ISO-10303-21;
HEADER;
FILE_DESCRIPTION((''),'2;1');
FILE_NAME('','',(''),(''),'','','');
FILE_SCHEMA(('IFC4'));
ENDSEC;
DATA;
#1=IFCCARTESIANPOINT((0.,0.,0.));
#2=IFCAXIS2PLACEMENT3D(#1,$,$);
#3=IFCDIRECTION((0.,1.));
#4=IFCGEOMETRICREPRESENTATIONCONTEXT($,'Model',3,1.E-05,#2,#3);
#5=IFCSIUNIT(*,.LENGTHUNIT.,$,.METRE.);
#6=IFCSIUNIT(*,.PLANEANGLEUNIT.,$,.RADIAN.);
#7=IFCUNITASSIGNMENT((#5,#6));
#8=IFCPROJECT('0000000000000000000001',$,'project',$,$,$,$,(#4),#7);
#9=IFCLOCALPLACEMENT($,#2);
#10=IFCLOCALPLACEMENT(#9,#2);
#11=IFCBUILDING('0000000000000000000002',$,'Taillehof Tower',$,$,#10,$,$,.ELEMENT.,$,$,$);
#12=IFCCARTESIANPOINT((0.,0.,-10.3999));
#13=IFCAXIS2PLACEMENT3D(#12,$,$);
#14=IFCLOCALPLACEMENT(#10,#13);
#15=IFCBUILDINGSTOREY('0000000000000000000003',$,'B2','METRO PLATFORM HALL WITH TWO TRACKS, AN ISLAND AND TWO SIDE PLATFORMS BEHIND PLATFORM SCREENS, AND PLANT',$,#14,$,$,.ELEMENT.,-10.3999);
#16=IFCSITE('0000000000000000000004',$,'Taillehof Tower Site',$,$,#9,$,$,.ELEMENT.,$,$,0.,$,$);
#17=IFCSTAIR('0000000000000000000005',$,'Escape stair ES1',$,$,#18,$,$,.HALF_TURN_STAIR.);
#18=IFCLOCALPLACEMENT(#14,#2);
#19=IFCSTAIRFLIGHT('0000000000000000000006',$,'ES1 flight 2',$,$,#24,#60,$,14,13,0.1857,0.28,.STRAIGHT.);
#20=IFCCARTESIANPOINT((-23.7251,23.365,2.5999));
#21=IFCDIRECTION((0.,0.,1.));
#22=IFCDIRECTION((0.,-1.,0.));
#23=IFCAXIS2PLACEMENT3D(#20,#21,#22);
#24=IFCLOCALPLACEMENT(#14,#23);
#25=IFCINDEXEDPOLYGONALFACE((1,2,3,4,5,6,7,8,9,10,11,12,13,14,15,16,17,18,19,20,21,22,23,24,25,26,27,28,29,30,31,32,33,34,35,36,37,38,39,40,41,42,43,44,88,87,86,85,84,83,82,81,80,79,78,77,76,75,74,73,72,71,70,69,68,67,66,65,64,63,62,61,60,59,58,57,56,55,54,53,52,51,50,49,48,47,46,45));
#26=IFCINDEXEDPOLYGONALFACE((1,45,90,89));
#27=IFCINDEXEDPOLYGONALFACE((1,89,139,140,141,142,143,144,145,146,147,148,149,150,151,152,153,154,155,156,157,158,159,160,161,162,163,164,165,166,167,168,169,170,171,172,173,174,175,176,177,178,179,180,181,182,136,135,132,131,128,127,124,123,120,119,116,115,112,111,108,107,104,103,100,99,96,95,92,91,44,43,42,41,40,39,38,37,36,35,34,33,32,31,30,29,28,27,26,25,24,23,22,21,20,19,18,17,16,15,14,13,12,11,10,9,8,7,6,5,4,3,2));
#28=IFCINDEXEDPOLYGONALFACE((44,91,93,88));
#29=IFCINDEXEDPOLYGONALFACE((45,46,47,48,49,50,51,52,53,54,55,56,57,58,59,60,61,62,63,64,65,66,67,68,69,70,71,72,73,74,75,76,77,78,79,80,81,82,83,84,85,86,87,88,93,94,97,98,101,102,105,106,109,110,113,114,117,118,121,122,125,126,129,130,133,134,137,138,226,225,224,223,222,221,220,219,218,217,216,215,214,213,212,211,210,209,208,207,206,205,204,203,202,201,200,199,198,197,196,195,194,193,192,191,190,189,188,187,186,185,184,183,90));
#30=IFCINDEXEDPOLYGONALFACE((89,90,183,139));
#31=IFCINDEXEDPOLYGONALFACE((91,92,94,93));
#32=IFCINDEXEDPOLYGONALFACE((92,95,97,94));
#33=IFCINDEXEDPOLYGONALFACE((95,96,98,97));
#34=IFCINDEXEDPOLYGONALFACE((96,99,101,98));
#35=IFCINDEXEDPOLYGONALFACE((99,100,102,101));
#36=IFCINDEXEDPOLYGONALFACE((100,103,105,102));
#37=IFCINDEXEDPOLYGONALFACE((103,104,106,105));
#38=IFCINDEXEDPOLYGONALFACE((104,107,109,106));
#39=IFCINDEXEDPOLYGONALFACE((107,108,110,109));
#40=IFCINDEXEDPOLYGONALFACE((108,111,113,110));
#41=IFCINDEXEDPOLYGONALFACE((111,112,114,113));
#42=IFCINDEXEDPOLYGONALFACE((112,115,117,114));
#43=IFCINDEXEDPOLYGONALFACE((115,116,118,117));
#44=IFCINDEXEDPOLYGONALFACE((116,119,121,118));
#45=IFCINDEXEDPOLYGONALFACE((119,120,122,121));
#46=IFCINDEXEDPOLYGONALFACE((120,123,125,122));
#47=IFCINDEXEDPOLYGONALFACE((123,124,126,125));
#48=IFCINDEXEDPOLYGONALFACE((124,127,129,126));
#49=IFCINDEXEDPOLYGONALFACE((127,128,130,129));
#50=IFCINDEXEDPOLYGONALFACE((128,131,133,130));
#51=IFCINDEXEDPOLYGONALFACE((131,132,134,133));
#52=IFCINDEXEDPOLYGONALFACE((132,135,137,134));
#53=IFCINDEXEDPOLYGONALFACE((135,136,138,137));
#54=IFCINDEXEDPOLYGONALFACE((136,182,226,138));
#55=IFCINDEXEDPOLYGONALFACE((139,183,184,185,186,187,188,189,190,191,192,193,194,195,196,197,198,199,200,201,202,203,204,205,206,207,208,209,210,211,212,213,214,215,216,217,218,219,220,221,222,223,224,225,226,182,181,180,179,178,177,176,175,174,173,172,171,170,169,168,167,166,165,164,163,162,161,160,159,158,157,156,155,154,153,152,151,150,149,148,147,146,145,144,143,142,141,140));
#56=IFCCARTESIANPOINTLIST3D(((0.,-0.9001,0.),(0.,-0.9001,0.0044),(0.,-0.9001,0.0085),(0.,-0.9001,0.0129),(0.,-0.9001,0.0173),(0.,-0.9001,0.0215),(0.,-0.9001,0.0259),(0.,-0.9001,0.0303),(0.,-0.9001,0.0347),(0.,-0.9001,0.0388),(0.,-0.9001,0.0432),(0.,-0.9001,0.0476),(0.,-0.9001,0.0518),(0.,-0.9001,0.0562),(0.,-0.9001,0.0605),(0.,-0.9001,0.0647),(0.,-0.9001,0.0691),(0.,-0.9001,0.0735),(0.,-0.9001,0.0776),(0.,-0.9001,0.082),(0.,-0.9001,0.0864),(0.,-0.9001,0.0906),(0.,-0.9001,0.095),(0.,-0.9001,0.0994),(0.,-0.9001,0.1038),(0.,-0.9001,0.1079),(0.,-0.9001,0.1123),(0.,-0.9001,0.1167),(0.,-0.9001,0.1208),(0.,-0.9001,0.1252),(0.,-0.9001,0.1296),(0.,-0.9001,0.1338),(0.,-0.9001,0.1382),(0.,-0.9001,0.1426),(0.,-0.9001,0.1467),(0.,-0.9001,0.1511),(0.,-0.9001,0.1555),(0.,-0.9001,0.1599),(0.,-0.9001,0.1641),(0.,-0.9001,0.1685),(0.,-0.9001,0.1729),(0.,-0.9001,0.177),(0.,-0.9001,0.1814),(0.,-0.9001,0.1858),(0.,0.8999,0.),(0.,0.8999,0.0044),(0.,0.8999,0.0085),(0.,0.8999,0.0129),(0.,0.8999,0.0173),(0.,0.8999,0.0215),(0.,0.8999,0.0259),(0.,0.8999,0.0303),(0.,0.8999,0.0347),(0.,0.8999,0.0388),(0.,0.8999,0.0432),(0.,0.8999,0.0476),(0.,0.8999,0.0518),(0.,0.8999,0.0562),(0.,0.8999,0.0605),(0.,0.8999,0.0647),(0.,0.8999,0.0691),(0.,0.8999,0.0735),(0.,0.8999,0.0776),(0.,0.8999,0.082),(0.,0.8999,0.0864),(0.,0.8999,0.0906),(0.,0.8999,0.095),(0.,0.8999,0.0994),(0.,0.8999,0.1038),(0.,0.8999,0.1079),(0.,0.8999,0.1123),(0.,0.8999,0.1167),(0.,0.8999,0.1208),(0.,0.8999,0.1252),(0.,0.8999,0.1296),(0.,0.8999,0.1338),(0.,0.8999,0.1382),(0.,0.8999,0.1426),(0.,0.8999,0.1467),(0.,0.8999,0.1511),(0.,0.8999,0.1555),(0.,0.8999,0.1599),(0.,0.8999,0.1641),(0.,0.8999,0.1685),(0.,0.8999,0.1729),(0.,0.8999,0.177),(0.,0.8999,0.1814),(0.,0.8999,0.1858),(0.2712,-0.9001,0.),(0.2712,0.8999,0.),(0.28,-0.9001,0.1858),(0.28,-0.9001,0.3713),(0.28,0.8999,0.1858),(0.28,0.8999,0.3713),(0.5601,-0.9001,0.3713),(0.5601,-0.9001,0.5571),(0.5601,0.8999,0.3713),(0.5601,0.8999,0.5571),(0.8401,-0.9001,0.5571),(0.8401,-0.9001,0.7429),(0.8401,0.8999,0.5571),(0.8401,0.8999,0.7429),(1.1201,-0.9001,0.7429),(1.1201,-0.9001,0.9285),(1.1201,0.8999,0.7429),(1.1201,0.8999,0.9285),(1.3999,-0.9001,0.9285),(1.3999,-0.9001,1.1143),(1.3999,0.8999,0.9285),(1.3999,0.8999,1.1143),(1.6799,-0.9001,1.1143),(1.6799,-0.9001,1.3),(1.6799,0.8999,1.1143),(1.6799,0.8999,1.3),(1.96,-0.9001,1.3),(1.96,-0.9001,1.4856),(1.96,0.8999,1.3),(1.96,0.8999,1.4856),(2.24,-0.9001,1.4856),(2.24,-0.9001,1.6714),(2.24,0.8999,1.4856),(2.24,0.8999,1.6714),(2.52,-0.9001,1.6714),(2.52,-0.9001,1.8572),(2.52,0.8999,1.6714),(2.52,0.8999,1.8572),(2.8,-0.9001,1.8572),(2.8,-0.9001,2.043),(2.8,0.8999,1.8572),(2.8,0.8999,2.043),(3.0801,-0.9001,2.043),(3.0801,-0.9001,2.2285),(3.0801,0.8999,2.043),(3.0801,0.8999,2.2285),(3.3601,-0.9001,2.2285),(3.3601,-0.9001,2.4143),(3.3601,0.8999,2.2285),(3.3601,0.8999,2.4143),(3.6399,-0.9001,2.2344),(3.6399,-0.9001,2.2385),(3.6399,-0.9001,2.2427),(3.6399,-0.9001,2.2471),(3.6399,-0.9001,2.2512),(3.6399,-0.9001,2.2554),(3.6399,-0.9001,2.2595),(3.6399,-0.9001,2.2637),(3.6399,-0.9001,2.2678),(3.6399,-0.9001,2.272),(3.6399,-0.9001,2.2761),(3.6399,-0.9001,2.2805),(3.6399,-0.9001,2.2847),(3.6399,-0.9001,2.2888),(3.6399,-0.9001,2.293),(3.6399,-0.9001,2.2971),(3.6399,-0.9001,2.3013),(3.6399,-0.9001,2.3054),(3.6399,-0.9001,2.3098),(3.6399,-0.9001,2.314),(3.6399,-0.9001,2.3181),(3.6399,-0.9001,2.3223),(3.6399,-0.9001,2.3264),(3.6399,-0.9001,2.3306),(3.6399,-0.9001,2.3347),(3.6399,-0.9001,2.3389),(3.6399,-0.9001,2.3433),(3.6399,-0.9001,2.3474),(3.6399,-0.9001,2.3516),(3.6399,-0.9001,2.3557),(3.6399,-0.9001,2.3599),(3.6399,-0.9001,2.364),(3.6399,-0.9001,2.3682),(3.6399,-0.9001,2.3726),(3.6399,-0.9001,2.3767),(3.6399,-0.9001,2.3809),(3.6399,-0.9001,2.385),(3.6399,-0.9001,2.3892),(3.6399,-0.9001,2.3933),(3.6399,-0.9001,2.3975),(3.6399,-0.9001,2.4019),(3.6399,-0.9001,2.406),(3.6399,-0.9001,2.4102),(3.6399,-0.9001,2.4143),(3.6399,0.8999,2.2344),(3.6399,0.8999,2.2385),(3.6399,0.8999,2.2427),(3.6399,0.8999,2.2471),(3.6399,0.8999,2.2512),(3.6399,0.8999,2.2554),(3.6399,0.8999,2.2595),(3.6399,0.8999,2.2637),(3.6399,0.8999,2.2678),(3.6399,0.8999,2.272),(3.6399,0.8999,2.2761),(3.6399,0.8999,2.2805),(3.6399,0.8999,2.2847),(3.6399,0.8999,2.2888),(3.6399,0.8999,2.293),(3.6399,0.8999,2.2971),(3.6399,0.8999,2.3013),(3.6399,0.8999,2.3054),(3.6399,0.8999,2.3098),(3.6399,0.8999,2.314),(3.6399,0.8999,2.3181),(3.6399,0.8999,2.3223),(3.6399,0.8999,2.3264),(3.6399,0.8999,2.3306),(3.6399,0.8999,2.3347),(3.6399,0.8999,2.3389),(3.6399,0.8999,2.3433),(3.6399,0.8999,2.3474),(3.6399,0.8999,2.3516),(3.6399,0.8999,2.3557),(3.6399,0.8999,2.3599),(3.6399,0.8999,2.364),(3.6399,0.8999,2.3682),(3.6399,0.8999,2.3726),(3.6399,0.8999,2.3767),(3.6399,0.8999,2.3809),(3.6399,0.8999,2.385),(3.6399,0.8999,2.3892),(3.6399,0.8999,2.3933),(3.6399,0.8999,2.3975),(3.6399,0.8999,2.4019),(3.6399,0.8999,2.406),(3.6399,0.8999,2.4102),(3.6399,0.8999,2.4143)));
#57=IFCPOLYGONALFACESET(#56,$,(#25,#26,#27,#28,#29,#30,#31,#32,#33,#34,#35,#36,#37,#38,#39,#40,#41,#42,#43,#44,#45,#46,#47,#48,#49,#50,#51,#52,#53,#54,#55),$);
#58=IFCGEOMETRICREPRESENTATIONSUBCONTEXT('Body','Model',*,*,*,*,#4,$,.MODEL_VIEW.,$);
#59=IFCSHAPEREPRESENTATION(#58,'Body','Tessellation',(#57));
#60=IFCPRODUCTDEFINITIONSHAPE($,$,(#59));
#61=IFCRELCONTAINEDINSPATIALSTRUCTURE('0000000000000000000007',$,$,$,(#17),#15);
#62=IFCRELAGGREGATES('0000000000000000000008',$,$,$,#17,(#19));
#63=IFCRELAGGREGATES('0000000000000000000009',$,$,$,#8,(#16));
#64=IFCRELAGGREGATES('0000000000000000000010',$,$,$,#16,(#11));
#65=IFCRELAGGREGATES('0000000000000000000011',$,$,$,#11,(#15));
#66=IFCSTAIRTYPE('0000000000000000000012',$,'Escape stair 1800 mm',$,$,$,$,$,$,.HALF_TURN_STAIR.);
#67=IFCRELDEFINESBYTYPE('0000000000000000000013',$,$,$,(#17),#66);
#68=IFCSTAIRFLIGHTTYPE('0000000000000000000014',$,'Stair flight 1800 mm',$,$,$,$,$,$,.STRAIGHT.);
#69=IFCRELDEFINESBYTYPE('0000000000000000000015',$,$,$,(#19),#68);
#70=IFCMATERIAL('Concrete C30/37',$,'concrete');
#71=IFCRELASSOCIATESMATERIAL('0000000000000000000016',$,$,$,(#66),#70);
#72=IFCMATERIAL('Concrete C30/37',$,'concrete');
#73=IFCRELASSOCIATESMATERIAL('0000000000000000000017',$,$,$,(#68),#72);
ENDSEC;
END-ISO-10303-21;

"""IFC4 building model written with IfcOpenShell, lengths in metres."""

from ifc_helpers import new_model, si_unit, direction, frame, origin, place, context, subcontext, project, spatial, polyline, outline, extrude, material, type_object, element, aggregate, save


model = new_model("IFC4")

# Units and contexts
model_context = context("Model", 3, precision=1e-05, world=origin(), true_north=direction((0.0, 1.0)))
body_context = subcontext(model_context, "Body", "Model", "MODEL_VIEW")
ifc_project = project(units=[si_unit("LENGTHUNIT", "METRE"), si_unit("PLANEANGLEUNIT", "RADIAN")], contexts=[model_context])

# Site, building, storey
site_placement = place(None, origin())
site = spatial("IfcSite", under=ifc_project, at=site_placement, Name="Taillehof Tower Site", CompositionType="ELEMENT", RefElevation=0.0)
building_placement = place(site_placement, origin())
building = spatial("IfcBuilding", under=site, at=building_placement, Name="Taillehof Tower", CompositionType="ELEMENT")
storey_placement = place(building_placement, frame((0.0, 0.0, -10.3999)))
storey = spatial("IfcBuildingStorey", under=building, at=storey_placement, Name="B2", Description="METRO PLATFORM HALL WITH TWO TRACKS, AN ISLAND AND TWO SIDE PLATFORMS BEHIND PLATFORM SCREENS, AND PLANT", CompositionType="ELEMENT", Elevation=-10.3999)

# Stair, stair flight
ifc_material_1 = material(Name="Concrete C30/37", Category="concrete")
stair_type = type_object("IfcStairType", Name="Escape stair 1800 mm", PredefinedType="HALF_TURN_STAIR", material=ifc_material_1)
stair_placement = place(storey_placement, origin())
stair = element("IfcStair", 1, at=stair_placement, inside=storey, type_object=stair_type, Name="Escape stair ES1", PredefinedType="HALF_TURN_STAIR")
ifc_material_2 = material(Name="Concrete C30/37", Category="concrete")
stair_flight_type = type_object("IfcStairFlightType", Name="Stair flight 1800 mm", PredefinedType="STRAIGHT", material=ifc_material_2)
stair_flight_1_placement = place(storey_placement, frame((-23.7251, 23.365, 2.5999), z_axis=(0.0, 0.0, 1.0), x_axis=(0.0, -1.0, 0.0)))
stair_flight_1 = element("IfcStairFlight", 2, at=stair_flight_1_placement, type_object=stair_flight_type, Name="ES1 flight 2", NumberOfRisers=14, NumberOfTreads=13, PredefinedType="STRAIGHT", RiserHeight=0.1857, TreadLength=0.28, context=body_context, shape_type="SweptSolid", body=[
    extrude(outline(polyline([(0.0, 0.0), (0.0, 0.0044), (0.0, 0.0085), (0.0, 0.0129), (0.0, 0.0173), (0.0, 0.0215), (0.0, 0.0259), (0.0, 0.0303), (0.0, 0.0347), (0.0, 0.0388), (0.0, 0.0432), (0.0, 0.0476), (0.0, 0.0518), (0.0, 0.0562), (0.0, 0.0605), (0.0, 0.0647), (0.0, 0.0691), (0.0, 0.0735), (0.0, 0.0776), (0.0, 0.082), (0.0, 0.0864), (0.0, 0.0906), (0.0, 0.095), (0.0, 0.0994), (0.0, 0.1038), (0.0, 0.1079), (0.0, 0.1123), (0.0, 0.1167), (0.0, 0.1208), (0.0, 0.1252), (0.0, 0.1296), (0.0, 0.1338), (0.0, 0.1382), (0.0, 0.1426), (0.0, 0.1467), (0.0, 0.1511), (0.0, 0.1555), (0.0, 0.1599), (0.0, 0.1641), (0.0, 0.1685), (0.0, 0.1729), (0.0, 0.177), (0.0, 0.1814), (0.0, 0.1858), (0.28, 0.1858), (0.28, 0.3713), (0.5601, 0.3713), (0.5601, 0.5571), (0.8401, 0.5571), (0.8401, 0.7429), (1.1201, 0.7429), (1.1201, 0.9285), (1.3999, 0.9285), (1.3999, 1.1143), (1.6799, 1.1143), (1.6799, 1.3), (1.96, 1.3), (1.96, 1.4856), (2.24, 1.4856), (2.24, 1.6714), (2.52, 1.6714), (2.52, 1.8572), (2.8, 1.8572), (2.8, 2.043), (3.0801, 2.043), (3.0801, 2.2285), (3.3601, 2.2285), (3.3601, 2.4143), (3.6399, 2.4143), (3.6399, 2.4102), (3.6399, 2.406), (3.6399, 2.4019), (3.6399, 2.3975), (3.6399, 2.3933), (3.6399, 2.3892), (3.6399, 2.385), (3.6399, 2.3809), (3.6399, 2.3767), (3.6399, 2.3726), (3.6399, 2.3682), (3.6399, 2.364), (3.6399, 2.3599), (3.6399, 2.3557), (3.6399, 2.3516), (3.6399, 2.3474), (3.6399, 2.3433), (3.6399, 2.3389), (3.6399, 2.3347), (3.6399, 2.3306), (3.6399, 2.3264), (3.6399, 2.3223), (3.6399, 2.3181), (3.6399, 2.314), (3.6399, 2.3098), (3.6399, 2.3054), (3.6399, 2.3013), (3.6399, 2.2971), (3.6399, 2.293), (3.6399, 2.2888), (3.6399, 2.2847), (3.6399, 2.2805), (3.6399, 2.2761), (3.6399, 2.272), (3.6399, 2.2678), (3.6399, 2.2637), (3.6399, 2.2595), (3.6399, 2.2554), (3.6399, 2.2512), (3.6399, 2.2471), (3.6399, 2.2427), (3.6399, 2.2385), (3.6399, 2.2344), (0.2712, 0.0), (0.0, 0.0)])), frame((0.0, 0.8999, 0.0), z_axis=(0.0, -1.0, 0.0), x_axis=(1.0, 0.0, 0.0)), (0.0, 0.0, 1.0), 1.8),
])
aggregate(stair, [stair_flight_1])

save(model, "model.ifc")
